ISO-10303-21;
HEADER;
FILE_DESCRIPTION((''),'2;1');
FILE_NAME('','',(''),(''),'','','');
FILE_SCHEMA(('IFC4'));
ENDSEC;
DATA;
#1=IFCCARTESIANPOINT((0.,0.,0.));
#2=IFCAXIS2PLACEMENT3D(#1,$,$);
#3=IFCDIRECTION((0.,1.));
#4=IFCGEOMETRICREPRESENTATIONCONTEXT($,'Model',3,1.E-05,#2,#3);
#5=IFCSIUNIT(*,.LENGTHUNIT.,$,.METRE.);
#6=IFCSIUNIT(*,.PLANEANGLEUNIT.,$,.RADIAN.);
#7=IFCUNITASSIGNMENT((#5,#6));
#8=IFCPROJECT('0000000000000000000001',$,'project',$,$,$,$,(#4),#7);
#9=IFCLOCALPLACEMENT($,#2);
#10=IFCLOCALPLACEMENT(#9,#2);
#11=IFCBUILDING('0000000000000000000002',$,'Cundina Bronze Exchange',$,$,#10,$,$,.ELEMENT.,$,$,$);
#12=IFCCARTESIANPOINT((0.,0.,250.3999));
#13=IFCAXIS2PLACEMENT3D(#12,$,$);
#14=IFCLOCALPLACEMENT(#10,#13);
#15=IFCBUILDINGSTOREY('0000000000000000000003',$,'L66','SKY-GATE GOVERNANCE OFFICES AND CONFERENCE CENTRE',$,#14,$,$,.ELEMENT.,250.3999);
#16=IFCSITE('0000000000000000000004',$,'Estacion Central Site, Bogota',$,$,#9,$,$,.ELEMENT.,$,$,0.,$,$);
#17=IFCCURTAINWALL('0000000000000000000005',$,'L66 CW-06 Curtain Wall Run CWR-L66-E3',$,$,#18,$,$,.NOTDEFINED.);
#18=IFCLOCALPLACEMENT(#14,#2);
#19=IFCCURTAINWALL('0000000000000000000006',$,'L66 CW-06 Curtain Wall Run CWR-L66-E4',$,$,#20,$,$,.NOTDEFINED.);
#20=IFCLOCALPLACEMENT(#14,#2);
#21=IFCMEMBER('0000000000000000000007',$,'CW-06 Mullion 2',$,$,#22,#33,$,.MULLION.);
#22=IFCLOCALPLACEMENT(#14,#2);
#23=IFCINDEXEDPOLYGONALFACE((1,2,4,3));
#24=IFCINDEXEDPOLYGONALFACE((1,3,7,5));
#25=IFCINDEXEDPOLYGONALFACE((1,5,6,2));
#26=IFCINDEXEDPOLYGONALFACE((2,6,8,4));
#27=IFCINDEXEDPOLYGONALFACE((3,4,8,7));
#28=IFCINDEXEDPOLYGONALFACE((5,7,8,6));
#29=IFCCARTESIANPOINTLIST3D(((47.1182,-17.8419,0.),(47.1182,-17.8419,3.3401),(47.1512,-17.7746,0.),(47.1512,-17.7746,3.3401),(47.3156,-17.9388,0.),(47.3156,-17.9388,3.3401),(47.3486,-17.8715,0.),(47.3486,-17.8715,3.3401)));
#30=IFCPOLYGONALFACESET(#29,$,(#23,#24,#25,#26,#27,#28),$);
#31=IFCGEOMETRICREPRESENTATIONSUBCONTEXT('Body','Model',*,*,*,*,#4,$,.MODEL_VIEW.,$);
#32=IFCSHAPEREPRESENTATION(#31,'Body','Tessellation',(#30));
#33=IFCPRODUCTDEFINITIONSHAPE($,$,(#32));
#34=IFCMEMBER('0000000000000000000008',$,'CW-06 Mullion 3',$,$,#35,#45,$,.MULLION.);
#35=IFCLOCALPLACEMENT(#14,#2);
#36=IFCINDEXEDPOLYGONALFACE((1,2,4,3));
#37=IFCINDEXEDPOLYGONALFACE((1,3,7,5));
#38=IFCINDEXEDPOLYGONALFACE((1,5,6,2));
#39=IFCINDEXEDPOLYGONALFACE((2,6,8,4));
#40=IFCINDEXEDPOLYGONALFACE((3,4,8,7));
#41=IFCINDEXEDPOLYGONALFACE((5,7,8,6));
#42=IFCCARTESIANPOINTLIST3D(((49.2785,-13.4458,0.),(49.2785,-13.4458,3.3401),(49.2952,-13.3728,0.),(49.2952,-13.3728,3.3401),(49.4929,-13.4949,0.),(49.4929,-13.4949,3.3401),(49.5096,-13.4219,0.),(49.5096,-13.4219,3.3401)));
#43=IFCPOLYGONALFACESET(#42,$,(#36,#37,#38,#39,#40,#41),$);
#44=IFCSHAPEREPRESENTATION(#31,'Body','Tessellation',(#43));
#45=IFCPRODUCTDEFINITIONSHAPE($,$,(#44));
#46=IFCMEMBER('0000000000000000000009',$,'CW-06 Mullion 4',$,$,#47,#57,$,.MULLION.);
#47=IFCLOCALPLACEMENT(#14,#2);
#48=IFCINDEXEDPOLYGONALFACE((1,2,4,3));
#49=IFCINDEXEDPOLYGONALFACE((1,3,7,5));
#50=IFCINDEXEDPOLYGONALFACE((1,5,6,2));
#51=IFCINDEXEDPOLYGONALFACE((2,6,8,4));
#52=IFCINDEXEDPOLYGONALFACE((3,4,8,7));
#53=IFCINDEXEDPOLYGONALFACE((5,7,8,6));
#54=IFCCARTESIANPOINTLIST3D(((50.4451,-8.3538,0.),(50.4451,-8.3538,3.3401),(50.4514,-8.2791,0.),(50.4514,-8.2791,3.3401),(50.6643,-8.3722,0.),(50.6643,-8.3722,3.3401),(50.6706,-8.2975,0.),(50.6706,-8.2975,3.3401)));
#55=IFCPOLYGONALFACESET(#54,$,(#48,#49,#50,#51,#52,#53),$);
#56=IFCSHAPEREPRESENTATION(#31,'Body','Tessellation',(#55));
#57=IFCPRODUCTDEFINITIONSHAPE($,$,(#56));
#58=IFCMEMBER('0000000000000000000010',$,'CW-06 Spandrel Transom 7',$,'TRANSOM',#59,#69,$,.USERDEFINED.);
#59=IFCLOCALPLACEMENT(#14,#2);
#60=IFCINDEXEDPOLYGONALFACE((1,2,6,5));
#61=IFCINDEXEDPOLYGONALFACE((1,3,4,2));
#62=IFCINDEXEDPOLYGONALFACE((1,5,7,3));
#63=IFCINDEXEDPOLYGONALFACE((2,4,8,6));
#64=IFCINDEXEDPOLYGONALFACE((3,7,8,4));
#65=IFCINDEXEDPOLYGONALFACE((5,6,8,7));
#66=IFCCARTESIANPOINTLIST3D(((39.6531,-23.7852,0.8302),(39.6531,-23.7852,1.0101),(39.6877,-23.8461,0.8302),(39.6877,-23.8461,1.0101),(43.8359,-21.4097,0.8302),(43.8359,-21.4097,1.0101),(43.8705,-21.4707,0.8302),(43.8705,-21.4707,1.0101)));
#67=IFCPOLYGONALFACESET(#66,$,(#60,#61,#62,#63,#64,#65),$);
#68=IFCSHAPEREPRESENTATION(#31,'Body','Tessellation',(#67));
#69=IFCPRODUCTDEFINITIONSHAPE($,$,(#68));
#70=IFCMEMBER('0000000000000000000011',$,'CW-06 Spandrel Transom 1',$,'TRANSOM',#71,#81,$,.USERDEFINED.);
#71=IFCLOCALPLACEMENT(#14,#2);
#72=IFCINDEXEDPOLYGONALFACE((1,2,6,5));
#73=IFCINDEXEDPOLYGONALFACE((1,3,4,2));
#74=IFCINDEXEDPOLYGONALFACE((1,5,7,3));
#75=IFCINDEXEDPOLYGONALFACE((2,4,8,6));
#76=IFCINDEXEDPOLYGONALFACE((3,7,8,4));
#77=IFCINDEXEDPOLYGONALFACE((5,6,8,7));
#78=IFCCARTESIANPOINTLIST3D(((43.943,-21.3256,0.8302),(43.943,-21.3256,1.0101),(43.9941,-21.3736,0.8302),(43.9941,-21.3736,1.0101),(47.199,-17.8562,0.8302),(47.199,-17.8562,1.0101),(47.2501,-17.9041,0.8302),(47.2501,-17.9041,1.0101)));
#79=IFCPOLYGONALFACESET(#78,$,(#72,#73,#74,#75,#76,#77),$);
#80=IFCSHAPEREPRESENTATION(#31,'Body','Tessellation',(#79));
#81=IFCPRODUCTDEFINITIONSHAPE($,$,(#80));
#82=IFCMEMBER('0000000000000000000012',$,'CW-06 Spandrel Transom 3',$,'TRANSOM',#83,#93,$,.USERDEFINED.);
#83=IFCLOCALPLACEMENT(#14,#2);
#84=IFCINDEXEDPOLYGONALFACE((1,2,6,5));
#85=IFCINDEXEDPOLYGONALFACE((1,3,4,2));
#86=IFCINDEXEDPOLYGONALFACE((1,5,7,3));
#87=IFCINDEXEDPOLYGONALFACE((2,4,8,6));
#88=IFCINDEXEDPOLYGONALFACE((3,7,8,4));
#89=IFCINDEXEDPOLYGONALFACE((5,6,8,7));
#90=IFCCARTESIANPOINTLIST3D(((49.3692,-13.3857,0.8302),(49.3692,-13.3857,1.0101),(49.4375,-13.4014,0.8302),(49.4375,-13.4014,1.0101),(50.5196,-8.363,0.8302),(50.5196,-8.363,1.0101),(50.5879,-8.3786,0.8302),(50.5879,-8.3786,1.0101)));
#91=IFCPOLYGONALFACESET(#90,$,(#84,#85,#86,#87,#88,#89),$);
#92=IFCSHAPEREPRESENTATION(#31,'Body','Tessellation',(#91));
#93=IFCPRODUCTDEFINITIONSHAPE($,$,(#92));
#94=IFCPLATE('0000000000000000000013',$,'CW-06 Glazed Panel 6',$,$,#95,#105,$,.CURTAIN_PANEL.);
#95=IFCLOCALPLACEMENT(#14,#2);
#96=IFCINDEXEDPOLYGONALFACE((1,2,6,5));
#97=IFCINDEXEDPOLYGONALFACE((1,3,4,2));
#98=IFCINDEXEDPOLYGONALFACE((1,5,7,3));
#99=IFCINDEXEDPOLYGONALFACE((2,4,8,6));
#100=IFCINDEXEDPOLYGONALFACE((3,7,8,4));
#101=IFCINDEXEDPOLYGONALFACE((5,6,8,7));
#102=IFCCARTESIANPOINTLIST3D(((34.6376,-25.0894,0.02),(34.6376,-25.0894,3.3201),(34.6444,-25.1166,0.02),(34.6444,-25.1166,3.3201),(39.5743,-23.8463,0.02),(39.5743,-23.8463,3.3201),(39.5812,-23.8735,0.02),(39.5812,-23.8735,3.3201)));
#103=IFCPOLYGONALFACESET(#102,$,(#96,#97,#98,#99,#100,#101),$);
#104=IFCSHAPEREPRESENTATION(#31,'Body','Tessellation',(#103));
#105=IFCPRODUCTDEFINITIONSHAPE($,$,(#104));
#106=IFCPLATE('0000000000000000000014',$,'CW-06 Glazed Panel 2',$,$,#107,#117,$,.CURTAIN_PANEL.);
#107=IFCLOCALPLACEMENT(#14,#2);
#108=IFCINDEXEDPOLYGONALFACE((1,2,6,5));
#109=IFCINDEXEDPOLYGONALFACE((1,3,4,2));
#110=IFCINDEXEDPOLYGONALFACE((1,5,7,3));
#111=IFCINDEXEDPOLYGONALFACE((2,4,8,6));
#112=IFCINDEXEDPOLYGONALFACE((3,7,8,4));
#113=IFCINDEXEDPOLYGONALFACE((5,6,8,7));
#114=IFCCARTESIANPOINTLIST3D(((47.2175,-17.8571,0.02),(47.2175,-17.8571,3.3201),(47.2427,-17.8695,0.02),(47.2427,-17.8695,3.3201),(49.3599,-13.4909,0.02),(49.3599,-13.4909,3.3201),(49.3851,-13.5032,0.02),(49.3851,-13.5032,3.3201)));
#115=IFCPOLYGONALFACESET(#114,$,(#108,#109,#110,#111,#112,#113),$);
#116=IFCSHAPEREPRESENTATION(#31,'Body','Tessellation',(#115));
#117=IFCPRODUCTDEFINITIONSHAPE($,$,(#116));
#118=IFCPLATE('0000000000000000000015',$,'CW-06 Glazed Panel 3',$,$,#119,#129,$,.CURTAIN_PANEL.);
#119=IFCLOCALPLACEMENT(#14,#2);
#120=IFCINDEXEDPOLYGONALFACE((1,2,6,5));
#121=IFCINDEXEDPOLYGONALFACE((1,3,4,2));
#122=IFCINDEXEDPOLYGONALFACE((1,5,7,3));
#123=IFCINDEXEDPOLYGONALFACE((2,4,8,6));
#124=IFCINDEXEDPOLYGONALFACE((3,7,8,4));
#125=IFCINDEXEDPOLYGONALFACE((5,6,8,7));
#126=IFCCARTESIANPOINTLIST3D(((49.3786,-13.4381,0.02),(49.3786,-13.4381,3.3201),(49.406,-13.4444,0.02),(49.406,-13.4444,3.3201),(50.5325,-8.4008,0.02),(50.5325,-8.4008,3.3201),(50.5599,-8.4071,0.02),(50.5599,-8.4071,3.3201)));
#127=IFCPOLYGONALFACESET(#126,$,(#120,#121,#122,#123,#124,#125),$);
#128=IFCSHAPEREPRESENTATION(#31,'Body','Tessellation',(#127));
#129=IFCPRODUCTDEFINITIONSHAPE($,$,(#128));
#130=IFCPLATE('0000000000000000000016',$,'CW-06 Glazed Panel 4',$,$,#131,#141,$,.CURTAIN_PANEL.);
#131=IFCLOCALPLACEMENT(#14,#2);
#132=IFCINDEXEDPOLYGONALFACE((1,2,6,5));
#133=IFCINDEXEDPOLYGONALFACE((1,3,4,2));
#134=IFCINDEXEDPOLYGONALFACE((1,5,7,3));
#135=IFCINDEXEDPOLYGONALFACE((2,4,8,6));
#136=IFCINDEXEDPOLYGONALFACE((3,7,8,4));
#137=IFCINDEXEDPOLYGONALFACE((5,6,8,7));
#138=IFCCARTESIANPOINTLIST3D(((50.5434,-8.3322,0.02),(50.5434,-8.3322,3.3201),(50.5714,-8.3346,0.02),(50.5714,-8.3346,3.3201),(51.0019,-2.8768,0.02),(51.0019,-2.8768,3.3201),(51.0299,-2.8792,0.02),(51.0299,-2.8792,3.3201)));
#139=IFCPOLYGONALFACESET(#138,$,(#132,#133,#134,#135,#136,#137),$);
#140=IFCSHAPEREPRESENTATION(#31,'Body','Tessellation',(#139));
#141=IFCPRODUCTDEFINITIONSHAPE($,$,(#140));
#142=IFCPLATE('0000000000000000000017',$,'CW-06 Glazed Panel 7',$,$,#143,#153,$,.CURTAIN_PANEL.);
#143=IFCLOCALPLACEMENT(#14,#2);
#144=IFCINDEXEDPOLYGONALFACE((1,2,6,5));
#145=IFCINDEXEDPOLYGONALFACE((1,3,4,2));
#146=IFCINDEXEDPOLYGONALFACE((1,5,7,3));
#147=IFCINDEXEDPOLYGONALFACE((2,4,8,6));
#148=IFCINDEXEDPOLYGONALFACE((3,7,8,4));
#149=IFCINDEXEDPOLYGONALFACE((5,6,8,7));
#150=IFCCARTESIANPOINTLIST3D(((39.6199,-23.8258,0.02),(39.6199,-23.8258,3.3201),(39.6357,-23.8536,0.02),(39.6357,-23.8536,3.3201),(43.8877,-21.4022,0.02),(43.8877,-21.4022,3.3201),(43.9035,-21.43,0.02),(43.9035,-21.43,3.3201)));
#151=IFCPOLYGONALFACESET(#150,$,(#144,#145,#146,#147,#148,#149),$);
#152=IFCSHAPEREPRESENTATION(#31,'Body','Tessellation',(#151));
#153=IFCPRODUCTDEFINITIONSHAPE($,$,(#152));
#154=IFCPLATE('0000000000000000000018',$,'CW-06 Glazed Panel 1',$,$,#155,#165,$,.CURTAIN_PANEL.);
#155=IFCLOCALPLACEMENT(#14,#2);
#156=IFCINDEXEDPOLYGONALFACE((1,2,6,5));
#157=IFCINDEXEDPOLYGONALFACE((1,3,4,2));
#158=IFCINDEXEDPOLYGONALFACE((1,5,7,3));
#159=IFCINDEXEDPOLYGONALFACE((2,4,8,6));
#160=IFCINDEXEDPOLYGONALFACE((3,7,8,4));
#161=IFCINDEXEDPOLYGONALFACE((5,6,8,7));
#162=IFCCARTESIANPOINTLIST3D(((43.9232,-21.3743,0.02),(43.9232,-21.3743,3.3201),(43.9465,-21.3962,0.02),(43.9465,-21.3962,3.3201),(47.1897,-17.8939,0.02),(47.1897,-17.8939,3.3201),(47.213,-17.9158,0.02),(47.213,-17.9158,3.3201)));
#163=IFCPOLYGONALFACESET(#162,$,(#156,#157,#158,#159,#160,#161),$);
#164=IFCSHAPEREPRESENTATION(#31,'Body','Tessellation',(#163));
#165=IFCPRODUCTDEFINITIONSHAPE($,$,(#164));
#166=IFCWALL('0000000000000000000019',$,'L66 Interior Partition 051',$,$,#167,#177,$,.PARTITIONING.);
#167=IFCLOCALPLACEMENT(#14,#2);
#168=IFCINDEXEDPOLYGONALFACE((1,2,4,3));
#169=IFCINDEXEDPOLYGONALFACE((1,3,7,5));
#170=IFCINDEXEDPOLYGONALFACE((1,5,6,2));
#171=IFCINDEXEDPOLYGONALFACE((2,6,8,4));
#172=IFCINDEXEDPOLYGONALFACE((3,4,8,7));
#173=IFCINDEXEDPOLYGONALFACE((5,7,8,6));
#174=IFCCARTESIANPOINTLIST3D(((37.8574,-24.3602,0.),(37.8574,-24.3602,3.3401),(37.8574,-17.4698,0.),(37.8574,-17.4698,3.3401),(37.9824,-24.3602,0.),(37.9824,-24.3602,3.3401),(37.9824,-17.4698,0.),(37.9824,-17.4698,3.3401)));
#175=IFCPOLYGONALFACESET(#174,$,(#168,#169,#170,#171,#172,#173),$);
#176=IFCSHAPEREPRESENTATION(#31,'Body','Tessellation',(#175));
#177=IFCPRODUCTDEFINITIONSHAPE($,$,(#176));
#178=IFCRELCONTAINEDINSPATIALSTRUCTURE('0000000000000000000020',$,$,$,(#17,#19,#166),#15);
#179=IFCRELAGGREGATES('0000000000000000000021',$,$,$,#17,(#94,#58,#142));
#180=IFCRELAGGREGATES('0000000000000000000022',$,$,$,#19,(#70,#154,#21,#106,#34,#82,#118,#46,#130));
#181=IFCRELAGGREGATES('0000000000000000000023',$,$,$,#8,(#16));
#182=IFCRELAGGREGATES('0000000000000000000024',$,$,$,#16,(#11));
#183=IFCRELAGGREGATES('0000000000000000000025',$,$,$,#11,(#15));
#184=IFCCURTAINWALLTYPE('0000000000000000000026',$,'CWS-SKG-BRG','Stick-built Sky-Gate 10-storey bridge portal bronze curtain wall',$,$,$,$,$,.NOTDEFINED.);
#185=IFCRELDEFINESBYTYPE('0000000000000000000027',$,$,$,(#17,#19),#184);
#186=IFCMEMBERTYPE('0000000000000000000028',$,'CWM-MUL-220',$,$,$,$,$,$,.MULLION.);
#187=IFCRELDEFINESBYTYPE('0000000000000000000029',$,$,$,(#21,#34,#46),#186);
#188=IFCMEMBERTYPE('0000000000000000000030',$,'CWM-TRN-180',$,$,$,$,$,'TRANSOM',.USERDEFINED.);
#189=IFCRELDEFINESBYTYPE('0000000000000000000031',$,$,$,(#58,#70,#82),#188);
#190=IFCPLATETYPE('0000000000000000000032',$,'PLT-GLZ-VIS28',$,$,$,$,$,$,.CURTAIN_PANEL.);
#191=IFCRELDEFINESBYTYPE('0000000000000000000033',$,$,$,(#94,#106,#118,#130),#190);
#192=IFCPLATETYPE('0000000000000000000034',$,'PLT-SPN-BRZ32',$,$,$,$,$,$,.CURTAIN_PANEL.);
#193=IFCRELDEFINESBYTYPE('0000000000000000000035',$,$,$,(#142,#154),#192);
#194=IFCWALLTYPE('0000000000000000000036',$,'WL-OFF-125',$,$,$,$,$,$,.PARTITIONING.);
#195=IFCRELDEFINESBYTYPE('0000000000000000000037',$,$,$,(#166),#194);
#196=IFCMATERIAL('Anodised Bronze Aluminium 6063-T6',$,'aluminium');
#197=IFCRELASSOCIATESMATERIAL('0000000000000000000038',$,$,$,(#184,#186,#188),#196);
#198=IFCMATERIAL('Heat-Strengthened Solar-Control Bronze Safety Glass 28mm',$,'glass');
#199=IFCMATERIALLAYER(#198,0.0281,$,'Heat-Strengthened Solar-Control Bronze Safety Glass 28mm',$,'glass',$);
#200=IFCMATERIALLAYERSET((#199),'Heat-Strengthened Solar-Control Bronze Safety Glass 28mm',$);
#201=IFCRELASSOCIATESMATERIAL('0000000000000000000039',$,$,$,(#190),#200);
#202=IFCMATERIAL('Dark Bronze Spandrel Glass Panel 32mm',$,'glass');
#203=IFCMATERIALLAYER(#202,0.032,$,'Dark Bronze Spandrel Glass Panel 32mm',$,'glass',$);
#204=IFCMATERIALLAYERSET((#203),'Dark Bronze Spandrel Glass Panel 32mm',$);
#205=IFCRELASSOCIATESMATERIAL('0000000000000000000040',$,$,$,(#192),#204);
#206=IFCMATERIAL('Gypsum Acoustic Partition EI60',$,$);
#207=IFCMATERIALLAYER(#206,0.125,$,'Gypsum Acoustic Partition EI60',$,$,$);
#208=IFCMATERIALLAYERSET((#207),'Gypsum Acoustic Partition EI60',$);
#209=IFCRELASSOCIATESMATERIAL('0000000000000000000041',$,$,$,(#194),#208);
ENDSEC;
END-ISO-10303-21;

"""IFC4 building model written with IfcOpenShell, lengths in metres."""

from ifc_helpers import new_model, si_unit, direction, frame, frame_2d, origin, origin_2d, place, context, subcontext, project, spatial, rectangle, extrude, material, layer, layer_set, material_profile, profile_set, type_object, element, aggregate, save


model = new_model("IFC4")

# Units and contexts
model_context = context("Model", 3, precision=1e-05, world=origin(), true_north=direction((0.0, 1.0)))
body_context = subcontext(model_context, "Body", "Model", "MODEL_VIEW")
ifc_project = project(units=[si_unit("LENGTHUNIT", "METRE"), si_unit("PLANEANGLEUNIT", "RADIAN")], contexts=[model_context])

# Site, building, storey
site_placement = place(None, origin())
site = spatial("IfcSite", under=ifc_project, at=site_placement, Name="Estacion Central Site, Bogota", CompositionType="ELEMENT", RefElevation=0.0)
building_placement = place(site_placement, origin())
building = spatial("IfcBuilding", under=site, at=building_placement, Name="Cundina Bronze Exchange", CompositionType="ELEMENT")
storey_placement = place(building_placement, frame((0.0, 0.0, 250.3999)))
storey = spatial("IfcBuildingStorey", under=building, at=storey_placement, Name="L66", Description="SKY-GATE GOVERNANCE OFFICES AND CONFERENCE CENTRE", CompositionType="ELEMENT", Elevation=250.3999)

# Curtain walls, members
ifc_material_1 = material(Name="Anodised Bronze Aluminium 6063-T6", Category="aluminium")
curtain_wall_type = type_object("IfcCurtainWallType", Name="CWS-SKG-BRG", Description="Stick-built Sky-Gate 10-storey bridge portal bronze curtain wall", PredefinedType="NOTDEFINED", material=ifc_material_1)
curtain_wall_1_placement = place(storey_placement, origin())
curtain_wall_1 = element("IfcCurtainWall", 1, at=curtain_wall_1_placement, inside=storey, type_object=curtain_wall_type, Name="L66 CW-06 Curtain Wall Run CWR-L66-E3", PredefinedType="NOTDEFINED")
ifc_material_profile_1 = material_profile(ifc_material_1, rectangle(XDim=0.075, YDim=0.22, at=origin_2d()), Name="AL75X220", Category="aluminium")
ifc_profile_set_1 = profile_set([ifc_material_profile_1], Name="Anodised Bronze Aluminium 6063-T6")
member_type_1 = type_object("IfcMemberType", Name="CWM-MUL-220", PredefinedType="MULLION", material=ifc_profile_set_1)
curtain_wall_2_placement = place(storey_placement, origin())
curtain_wall_2 = element("IfcCurtainWall", 2, at=curtain_wall_2_placement, inside=storey, type_object=curtain_wall_type, Name="L66 CW-06 Curtain Wall Run CWR-L66-E4", PredefinedType="NOTDEFINED")
member_1_placement = place(storey_placement, frame((47.2334, -17.8567, 0.0), z_axis=(0.0, 0.0, 1.0), x_axis=(0.440566, 0.89772, 0.0)))
member_1 = element("IfcMember", 3, at=member_1_placement, type_object=member_type_1, Name="CW-06 Mullion 2", PredefinedType="MULLION", context=body_context, shape_type="SweptSolid", body=[
    extrude(rectangle(XDim=0.075, YDim=0.22, at=origin_2d()), origin(), (0.0, 0.0, 1.0), 3.3401),
])
member_2_placement = place(storey_placement, frame((49.394, -13.4338, 0.0), z_axis=(0.0, 0.0, 1.0), x_axis=(0.22325, 0.974761, 0.0)))
member_2 = element("IfcMember", 4, at=member_2_placement, type_object=member_type_1, Name="CW-06 Mullion 3", PredefinedType="MULLION", context=body_context, shape_type="SweptSolid", body=[
    extrude(rectangle(XDim=0.075, YDim=0.22, at=origin_2d()), origin(), (0.0, 0.0, 1.0), 3.3401),
])
member_3_placement = place(storey_placement, frame((50.5579, -8.3257, 0.0), z_axis=(0.0, 0.0, 1.0), x_axis=(0.083678, 0.996493, 0.0)))
member_3 = element("IfcMember", 5, at=member_3_placement, type_object=member_type_1, Name="CW-06 Mullion 4", PredefinedType="MULLION", context=body_context, shape_type="SweptSolid", body=[
    extrude(rectangle(XDim=0.075, YDim=0.22, at=origin_2d()), origin(), (0.0, 0.0, 1.0), 3.3401),
])

# Members
ifc_material_profile_2 = material_profile(ifc_material_1, rectangle(XDim=0.0701, YDim=0.1799, at=origin_2d()), Name="AL70X180", Category="aluminium")
ifc_profile_set_2 = profile_set([ifc_material_profile_2], Name="Anodised Bronze Aluminium 6063-T6")
member_type_2 = type_object("IfcMemberType", Name="CWM-TRN-180", ElementType="TRANSOM", PredefinedType="USERDEFINED", material=ifc_profile_set_2)
member_4_placement = place(storey_placement, frame((39.6704, -23.8157, 0.9202), z_axis=(0.869558, 0.493831, 0.0), x_axis=(-0.493831, 0.869558, 0.0)))
member_4 = element("IfcMember", 6, at=member_4_placement, type_object=member_type_2, Name="CW-06 Spandrel Transom 7", ObjectType="TRANSOM", PredefinedType="USERDEFINED", context=body_context, shape_type="SweptSolid", body=[
    extrude(rectangle(XDim=0.0701, YDim=0.1799, at=origin_2d()), origin(), (0.0, 0.0, 1.0), 4.8103),
])
member_5_placement = place(storey_placement, frame((43.9685, -21.3496, 0.9202), z_axis=(0.684328, 0.729174, 0.0), x_axis=(-0.729174, 0.684328, 0.0)))
member_5 = element("IfcMember", 7, at=member_5_placement, type_object=member_type_2, Name="CW-06 Spandrel Transom 1", ObjectType="TRANSOM", PredefinedType="USERDEFINED", context=body_context, shape_type="SweptSolid", body=[
    extrude(rectangle(XDim=0.0701, YDim=0.1799, at=origin_2d()), origin(), (0.0, 0.0, 1.0), 4.7581),
])
member_6_placement = place(storey_placement, frame((49.4033, -13.3936, 0.9202), z_axis=(0.223257, 0.97476, 0.0), x_axis=(-0.97476, 0.223257, 0.0)))
member_6 = element("IfcMember", 8, at=member_6_placement, type_object=member_type_2, Name="CW-06 Spandrel Transom 3", ObjectType="TRANSOM", PredefinedType="USERDEFINED", context=body_context, shape_type="SweptSolid", body=[
    extrude(rectangle(XDim=0.0701, YDim=0.1799, at=origin_2d()), origin(), (0.0, 0.0, 1.0), 5.1528),
])

# Plates
ifc_material_2 = material(Name="Heat-Strengthened Solar-Control Bronze Safety Glass 28mm", Category="glass")
ifc_layer_1 = layer(ifc_material_2, 0.0281, Name="Heat-Strengthened Solar-Control Bronze Safety Glass 28mm", Category="glass")
ifc_layer_set_1 = layer_set([ifc_layer_1], Name="Heat-Strengthened Solar-Control Bronze Safety Glass 28mm")
plate_type_1 = type_object("IfcPlateType", Name="PLT-GLZ-VIS28", PredefinedType="CURTAIN_PANEL", material=ifc_layer_set_1)
plate_1_placement = place(storey_placement, frame((37.1094, -24.4814, 0.02), z_axis=(0.0, 0.0, 1.0), x_axis=(0.969732, 0.244174, 0.0)))
plate_1 = element("IfcPlate", 9, at=plate_1_placement, type_object=plate_type_1, Name="CW-06 Glazed Panel 6", PredefinedType="CURTAIN_PANEL", context=body_context, shape_type="SweptSolid", body=[
    extrude(rectangle(XDim=5.0908, YDim=0.0281, at=origin_2d()), origin(), (0.0, 0.0, 1.0), 3.3),
])
plate_2_placement = place(storey_placement, frame((48.3013, -15.6802, 0.02), z_axis=(0.0, 0.0, 1.0), x_axis=(0.440503, 0.897751, 0.0)))
plate_2 = element("IfcPlate", 10, at=plate_2_placement, type_object=plate_type_1, Name="CW-06 Glazed Panel 2", PredefinedType="CURTAIN_PANEL", context=body_context, shape_type="SweptSolid", body=[
    extrude(rectangle(XDim=4.8635, YDim=0.0281, at=origin_2d()), origin(), (0.0, 0.0, 1.0), 3.3),
])
plate_3_placement = place(storey_placement, frame((49.9692, -10.9226, 0.02), z_axis=(0.0, 0.0, 1.0), x_axis=(0.223284, 0.974753, 0.0)))
plate_3 = element("IfcPlate", 11, at=plate_3_placement, type_object=plate_type_1, Name="CW-06 Glazed Panel 3", PredefinedType="CURTAIN_PANEL", context=body_context, shape_type="SweptSolid", body=[
    extrude(rectangle(XDim=5.1677, YDim=0.0281, at=origin_2d()), origin(), (0.0, 0.0, 1.0), 3.3),
])
plate_4_placement = place(storey_placement, frame((50.7866, -5.6057, 0.02), z_axis=(0.0, 0.0, 1.0), x_axis=(0.083747, 0.996487, 0.0)))
plate_4 = element("IfcPlate", 12, at=plate_4_placement, type_object=plate_type_1, Name="CW-06 Glazed Panel 4", PredefinedType="CURTAIN_PANEL", context=body_context, shape_type="SweptSolid", body=[
    extrude(rectangle(XDim=5.4746, YDim=0.0281, at=origin_2d()), origin(), (0.0, 0.0, 1.0), 3.3),
])
ifc_material_3 = material(Name="Dark Bronze Spandrel Glass Panel 32mm", Category="glass")
ifc_layer_2 = layer(ifc_material_3, 0.032, Name="Dark Bronze Spandrel Glass Panel 32mm", Category="glass")
ifc_layer_set_2 = layer_set([ifc_layer_2], Name="Dark Bronze Spandrel Glass Panel 32mm")
plate_type_2 = type_object("IfcPlateType", Name="PLT-SPN-BRZ32", PredefinedType="CURTAIN_PANEL", material=ifc_layer_set_2)
plate_5_placement = place(storey_placement, frame((41.7617, -22.6279, 0.02), z_axis=(0.0, 0.0, 1.0), x_axis=(0.869573, 0.493805, 0.0)))
plate_5 = element("IfcPlate", 13, at=plate_5_placement, type_object=plate_type_2, Name="CW-06 Glazed Panel 7", PredefinedType="CURTAIN_PANEL", context=body_context, shape_type="SweptSolid", body=[
    extrude(rectangle(XDim=4.908, YDim=0.032, at=origin_2d()), origin(), (0.0, 0.0, 1.0), 3.3),
])
aggregate(curtain_wall_1, [plate_1, member_4, plate_5])
plate_6_placement = place(storey_placement, frame((45.5681, -19.645, 0.02), z_axis=(0.0, 0.0, 1.0), x_axis=(0.684344, 0.72916, 0.0)))
plate_6 = element("IfcPlate", 14, at=plate_6_placement, type_object=plate_type_2, Name="CW-06 Glazed Panel 1", PredefinedType="CURTAIN_PANEL", context=body_context, shape_type="SweptSolid", body=[
    extrude(rectangle(XDim=4.7732, YDim=0.032, at=origin_2d()), origin(), (0.0, 0.0, 1.0), 3.3),
])
aggregate(curtain_wall_2, [member_5, plate_6, member_1, plate_2, member_2, member_6, plate_3, member_3, plate_4])

# Wall
ifc_material_4 = material(Name="Gypsum Acoustic Partition EI60")
ifc_layer_3 = layer(ifc_material_4, 0.125, Name="Gypsum Acoustic Partition EI60")
ifc_layer_set_3 = layer_set([ifc_layer_3], Name="Gypsum Acoustic Partition EI60")
wall_type_1 = type_object("IfcWallType", Name="WL-OFF-125", PredefinedType="PARTITIONING", material=ifc_layer_set_3)
wall_1_placement = place(storey_placement, frame((37.9199, -24.3604, 0.0), z_axis=(0.0, 0.0, 1.0), x_axis=(0.0, 1.0, 0.0)))
element("IfcWall", 15, at=wall_1_placement, inside=storey, type_object=wall_type_1, Name="L66 Interior Partition 051", PredefinedType="PARTITIONING", context=body_context, shape_type="SweptSolid", body=[
    extrude(rectangle(XDim=6.8904, YDim=0.125, at=frame_2d((3.4453, 0.0))), origin(), (0.0, 0.0, 1.0), 3.3401),
])

save(model, "model.ifc")
